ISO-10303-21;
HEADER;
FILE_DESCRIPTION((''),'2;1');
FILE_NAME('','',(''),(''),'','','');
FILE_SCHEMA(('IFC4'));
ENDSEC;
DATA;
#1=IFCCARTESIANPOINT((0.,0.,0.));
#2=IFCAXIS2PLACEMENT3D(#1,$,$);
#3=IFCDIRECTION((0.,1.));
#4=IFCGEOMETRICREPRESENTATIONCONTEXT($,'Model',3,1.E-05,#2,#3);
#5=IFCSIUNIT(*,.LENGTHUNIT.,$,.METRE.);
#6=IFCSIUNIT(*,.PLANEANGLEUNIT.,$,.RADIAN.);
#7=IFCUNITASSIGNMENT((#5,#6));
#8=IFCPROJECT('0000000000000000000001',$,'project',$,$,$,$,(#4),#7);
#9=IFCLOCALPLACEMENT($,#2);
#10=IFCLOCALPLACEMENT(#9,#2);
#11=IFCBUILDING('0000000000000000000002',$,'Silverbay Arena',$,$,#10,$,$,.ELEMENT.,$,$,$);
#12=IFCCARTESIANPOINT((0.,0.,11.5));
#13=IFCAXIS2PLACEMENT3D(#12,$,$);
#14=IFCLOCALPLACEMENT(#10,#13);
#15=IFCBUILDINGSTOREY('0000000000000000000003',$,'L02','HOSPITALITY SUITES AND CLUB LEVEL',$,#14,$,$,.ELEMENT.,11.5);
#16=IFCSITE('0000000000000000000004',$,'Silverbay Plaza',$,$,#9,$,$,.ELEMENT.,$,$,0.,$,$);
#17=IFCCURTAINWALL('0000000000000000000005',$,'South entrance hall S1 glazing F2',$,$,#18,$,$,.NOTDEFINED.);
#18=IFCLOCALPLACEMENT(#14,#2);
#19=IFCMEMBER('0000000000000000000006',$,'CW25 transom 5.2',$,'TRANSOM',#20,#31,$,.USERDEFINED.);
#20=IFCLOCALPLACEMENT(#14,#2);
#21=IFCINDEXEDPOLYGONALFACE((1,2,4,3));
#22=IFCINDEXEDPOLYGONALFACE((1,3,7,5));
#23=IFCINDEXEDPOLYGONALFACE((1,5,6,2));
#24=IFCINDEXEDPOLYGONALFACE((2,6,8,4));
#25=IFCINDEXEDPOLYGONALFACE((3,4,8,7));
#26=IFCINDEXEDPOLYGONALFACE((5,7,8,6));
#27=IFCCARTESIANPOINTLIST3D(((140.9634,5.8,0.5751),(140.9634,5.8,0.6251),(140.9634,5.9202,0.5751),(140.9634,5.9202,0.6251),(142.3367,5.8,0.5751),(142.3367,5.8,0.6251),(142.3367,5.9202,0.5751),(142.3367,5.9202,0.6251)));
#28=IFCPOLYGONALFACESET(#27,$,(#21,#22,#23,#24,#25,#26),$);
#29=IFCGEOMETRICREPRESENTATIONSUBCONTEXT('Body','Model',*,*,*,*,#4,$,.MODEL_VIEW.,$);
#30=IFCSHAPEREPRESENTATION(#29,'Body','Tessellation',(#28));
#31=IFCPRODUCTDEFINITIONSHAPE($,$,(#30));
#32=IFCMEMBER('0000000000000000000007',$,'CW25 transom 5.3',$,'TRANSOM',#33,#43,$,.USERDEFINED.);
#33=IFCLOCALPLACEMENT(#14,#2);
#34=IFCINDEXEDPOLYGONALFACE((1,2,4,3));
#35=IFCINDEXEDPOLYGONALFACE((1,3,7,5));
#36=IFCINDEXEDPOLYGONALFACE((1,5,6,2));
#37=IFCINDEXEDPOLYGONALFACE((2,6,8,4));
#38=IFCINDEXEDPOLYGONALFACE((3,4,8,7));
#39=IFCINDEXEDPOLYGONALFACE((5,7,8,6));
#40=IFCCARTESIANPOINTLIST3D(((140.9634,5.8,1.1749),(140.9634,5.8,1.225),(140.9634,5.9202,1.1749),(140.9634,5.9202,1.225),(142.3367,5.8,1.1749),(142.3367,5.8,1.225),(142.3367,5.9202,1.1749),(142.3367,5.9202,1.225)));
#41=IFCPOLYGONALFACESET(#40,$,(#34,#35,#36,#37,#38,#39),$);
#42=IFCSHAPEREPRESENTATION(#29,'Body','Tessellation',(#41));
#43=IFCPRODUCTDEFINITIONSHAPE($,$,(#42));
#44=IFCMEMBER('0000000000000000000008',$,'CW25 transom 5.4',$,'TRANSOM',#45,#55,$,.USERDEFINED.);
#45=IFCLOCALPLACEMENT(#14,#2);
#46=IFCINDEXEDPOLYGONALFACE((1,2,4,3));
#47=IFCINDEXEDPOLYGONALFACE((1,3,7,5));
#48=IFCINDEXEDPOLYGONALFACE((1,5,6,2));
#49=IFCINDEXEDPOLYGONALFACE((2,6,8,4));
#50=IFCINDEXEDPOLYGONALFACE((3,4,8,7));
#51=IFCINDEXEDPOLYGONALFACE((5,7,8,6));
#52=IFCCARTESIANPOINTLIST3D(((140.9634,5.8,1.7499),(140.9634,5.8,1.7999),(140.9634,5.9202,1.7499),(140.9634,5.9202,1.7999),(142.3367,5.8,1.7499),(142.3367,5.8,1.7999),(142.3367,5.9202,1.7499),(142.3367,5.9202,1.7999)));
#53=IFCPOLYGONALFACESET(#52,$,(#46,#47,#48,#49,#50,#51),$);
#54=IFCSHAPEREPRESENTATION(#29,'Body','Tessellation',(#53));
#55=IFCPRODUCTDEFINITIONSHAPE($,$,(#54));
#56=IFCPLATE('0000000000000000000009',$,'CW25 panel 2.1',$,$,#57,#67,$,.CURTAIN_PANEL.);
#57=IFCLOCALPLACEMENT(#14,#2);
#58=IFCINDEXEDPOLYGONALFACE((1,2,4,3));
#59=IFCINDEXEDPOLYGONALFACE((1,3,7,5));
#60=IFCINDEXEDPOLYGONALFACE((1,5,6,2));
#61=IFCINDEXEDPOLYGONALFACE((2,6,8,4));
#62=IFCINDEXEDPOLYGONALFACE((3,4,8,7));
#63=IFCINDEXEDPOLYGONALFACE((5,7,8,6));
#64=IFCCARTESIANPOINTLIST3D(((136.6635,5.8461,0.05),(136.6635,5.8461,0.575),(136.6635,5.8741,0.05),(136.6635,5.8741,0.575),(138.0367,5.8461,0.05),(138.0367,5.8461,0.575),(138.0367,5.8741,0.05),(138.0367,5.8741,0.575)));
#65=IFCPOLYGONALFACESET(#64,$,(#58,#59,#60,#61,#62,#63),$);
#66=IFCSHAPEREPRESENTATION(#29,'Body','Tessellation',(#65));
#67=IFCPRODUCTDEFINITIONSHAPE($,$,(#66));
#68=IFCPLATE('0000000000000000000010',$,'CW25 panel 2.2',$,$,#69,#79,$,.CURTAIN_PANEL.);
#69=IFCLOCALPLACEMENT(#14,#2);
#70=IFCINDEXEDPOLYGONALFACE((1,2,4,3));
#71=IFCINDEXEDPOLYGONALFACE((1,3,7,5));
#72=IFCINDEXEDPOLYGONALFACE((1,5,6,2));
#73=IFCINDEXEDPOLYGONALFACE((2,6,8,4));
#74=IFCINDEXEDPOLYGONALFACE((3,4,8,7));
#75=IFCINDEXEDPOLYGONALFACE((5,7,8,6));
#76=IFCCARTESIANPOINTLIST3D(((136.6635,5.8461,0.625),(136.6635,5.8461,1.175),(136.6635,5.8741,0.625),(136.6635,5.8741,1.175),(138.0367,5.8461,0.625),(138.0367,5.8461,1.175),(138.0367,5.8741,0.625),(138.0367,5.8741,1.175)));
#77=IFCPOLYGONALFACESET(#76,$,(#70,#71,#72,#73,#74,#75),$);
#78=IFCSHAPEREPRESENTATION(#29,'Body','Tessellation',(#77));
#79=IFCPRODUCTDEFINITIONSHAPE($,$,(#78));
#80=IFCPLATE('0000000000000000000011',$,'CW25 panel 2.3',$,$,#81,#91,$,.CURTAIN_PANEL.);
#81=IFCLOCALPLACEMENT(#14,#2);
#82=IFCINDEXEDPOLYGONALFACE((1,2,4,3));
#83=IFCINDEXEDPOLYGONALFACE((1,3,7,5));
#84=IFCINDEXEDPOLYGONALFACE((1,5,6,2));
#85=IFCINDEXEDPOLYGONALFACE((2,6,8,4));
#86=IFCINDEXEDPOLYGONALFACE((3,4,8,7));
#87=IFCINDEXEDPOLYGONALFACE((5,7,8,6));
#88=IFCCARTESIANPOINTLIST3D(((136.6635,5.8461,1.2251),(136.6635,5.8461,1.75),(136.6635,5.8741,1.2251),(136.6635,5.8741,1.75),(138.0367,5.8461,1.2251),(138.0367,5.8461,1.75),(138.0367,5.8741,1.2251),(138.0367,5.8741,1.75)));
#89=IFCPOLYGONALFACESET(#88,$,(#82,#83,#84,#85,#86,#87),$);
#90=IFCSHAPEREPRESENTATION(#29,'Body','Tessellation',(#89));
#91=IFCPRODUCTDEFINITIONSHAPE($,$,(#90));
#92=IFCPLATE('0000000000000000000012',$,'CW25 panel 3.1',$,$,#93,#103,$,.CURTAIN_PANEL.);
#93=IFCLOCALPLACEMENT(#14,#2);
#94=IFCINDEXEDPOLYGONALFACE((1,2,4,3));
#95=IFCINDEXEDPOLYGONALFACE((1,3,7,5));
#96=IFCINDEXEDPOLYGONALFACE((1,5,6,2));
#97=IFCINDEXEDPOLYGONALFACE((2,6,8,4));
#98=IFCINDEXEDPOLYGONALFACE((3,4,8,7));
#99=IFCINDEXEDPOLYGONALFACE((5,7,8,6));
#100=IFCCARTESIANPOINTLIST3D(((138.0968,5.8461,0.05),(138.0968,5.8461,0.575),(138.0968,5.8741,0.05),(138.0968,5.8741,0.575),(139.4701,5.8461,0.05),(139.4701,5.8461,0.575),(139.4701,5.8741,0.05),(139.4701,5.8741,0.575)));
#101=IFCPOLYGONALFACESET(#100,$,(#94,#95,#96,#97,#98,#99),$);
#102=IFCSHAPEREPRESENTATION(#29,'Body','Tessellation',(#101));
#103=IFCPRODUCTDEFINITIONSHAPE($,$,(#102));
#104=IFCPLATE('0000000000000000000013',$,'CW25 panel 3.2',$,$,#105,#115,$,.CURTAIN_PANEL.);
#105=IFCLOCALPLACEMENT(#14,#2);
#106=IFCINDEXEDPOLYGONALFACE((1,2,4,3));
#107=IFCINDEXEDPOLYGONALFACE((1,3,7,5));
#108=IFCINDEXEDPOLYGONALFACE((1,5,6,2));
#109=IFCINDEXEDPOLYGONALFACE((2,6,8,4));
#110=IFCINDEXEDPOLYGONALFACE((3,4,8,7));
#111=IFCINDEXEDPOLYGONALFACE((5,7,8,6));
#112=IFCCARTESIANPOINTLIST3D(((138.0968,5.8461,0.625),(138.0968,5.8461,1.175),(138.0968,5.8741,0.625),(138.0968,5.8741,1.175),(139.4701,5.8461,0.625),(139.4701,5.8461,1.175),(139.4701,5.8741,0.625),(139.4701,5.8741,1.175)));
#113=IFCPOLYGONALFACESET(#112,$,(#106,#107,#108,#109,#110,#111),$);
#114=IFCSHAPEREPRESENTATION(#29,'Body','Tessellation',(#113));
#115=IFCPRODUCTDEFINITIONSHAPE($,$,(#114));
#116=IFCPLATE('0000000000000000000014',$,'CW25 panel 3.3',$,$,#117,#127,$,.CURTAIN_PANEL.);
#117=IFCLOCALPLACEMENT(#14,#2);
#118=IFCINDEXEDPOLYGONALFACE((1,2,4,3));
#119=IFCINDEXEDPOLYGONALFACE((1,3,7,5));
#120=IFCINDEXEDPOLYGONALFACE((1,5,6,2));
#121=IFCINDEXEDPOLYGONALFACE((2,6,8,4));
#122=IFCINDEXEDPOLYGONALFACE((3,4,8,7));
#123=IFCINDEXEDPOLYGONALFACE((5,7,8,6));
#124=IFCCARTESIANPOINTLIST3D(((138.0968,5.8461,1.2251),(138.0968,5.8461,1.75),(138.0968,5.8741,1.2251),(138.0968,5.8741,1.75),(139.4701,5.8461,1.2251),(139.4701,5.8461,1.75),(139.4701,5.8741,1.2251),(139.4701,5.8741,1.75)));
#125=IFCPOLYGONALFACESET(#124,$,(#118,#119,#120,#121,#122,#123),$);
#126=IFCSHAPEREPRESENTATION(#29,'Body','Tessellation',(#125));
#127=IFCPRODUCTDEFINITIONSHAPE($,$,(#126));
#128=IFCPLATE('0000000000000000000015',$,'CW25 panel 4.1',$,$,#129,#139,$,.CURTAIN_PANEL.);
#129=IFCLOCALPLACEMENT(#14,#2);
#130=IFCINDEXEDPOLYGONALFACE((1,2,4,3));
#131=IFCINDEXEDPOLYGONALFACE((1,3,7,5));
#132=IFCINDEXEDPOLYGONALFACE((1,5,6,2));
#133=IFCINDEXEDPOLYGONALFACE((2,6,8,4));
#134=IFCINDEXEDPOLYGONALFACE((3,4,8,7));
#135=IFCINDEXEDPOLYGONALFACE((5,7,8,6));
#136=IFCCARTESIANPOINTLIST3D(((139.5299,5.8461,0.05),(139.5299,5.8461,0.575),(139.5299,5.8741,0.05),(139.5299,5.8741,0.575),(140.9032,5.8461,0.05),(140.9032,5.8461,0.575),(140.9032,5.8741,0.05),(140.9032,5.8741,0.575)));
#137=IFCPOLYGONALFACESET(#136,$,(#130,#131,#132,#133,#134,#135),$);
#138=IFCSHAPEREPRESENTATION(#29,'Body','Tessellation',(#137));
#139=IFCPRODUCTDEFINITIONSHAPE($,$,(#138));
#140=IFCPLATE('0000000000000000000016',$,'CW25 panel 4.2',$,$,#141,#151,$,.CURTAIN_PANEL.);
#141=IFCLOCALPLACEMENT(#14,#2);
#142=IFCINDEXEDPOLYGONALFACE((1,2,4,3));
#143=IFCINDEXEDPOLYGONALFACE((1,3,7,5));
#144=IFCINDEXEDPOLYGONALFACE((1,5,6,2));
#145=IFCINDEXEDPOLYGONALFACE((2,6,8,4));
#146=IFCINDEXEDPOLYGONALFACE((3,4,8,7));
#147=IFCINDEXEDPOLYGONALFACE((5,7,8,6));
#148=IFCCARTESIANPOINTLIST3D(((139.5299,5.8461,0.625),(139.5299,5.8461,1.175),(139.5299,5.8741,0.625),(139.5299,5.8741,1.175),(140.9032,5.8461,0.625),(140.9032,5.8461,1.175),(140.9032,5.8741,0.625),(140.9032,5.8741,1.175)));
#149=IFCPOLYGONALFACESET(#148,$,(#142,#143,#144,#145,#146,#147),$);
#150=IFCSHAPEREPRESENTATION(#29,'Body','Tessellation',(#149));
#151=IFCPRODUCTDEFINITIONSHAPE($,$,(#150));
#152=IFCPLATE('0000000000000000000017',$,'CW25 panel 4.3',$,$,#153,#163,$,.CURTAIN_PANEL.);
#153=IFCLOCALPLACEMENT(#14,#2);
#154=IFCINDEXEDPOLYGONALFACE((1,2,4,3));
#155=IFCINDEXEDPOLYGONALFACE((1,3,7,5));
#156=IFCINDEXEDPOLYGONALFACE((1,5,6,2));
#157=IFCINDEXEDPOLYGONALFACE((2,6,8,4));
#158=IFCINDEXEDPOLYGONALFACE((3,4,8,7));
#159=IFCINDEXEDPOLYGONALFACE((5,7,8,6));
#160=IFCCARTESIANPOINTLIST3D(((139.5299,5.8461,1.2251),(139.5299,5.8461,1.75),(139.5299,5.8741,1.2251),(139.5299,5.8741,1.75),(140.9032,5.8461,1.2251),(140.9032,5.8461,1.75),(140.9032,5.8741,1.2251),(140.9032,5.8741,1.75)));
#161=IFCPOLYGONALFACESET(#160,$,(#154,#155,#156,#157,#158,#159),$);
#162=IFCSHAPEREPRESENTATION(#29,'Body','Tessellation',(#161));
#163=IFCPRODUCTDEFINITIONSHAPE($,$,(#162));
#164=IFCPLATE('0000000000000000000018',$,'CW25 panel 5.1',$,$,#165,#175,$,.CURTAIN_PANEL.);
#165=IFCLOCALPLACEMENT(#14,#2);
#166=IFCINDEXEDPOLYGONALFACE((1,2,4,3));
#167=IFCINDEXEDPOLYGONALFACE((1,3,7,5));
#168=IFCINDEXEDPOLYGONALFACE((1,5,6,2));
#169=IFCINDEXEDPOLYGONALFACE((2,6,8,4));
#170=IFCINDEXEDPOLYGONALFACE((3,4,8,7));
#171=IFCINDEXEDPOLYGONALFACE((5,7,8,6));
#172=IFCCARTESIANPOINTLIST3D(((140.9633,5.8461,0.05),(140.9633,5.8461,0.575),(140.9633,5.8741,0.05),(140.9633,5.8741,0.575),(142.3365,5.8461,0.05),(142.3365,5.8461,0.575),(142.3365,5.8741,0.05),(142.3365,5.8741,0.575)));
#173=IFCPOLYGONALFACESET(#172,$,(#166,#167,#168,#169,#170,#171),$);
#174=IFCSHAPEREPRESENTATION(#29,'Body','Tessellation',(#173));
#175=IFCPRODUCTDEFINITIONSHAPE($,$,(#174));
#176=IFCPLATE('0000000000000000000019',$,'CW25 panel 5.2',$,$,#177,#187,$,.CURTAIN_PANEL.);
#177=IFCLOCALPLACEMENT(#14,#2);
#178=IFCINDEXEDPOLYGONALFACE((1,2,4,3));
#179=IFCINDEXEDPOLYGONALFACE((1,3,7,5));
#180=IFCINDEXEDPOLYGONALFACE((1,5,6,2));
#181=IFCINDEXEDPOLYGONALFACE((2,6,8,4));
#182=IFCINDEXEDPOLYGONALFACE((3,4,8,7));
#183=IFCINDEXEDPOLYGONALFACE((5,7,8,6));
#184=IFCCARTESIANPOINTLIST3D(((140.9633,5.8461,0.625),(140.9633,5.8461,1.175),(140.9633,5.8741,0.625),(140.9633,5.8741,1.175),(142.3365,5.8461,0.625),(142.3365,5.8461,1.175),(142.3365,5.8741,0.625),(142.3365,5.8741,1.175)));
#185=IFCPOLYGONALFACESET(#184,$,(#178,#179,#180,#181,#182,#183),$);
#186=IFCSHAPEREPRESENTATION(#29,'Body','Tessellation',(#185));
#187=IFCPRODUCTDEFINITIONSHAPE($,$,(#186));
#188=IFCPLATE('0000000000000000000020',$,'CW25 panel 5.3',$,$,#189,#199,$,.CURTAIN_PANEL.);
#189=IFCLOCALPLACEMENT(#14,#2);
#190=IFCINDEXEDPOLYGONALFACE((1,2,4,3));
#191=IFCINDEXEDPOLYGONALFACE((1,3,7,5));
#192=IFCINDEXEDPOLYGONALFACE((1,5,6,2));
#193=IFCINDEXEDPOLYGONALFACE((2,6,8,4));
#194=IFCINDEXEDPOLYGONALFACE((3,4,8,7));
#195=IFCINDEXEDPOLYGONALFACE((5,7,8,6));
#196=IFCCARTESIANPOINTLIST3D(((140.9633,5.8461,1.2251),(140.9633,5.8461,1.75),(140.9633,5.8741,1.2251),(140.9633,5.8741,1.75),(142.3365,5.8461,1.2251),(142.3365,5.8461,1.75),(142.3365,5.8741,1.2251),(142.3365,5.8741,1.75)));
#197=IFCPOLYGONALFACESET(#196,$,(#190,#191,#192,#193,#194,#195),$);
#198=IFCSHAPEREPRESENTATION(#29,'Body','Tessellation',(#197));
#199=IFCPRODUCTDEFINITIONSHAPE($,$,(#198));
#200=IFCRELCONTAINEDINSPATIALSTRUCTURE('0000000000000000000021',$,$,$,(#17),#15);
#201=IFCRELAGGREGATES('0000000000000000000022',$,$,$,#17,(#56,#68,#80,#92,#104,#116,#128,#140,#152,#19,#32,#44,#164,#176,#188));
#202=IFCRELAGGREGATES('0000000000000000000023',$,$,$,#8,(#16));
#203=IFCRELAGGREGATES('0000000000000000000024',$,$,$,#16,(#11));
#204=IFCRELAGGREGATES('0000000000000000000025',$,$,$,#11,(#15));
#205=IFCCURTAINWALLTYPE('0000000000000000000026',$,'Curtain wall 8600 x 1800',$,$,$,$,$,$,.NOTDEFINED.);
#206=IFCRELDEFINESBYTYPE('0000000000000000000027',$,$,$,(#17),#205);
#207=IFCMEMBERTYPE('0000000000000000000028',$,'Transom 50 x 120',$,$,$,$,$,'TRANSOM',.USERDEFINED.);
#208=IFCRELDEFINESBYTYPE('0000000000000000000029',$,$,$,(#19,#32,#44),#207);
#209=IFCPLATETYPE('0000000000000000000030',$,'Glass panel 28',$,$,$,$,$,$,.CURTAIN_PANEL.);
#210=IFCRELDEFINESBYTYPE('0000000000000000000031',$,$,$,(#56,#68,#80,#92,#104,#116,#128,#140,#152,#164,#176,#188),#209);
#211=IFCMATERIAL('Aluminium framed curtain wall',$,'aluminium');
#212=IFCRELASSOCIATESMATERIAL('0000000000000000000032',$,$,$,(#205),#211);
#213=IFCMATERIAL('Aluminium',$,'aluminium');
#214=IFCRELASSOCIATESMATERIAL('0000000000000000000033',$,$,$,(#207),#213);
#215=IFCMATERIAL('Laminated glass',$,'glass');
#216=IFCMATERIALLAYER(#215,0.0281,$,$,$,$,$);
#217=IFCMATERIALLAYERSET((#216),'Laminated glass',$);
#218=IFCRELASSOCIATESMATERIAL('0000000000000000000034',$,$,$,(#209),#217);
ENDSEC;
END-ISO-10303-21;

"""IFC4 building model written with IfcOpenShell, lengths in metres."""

from ifc_helpers import new_model, si_unit, direction, frame, origin, origin_2d, place, context, subcontext, project, spatial, rectangle, extrude, material, layer, layer_set, material_profile, profile_set, type_object, element, aggregate, save


model = new_model("IFC4")

# Units and contexts
model_context = context("Model", 3, precision=1e-05, world=origin(), true_north=direction((0.0, 1.0)))
body_context = subcontext(model_context, "Body", "Model", "MODEL_VIEW")
ifc_project = project(units=[si_unit("LENGTHUNIT", "METRE"), si_unit("PLANEANGLEUNIT", "RADIAN")], contexts=[model_context])

# Site, building, storey
site_placement = place(None, origin())
site = spatial("IfcSite", under=ifc_project, at=site_placement, Name="Silverbay Plaza", CompositionType="ELEMENT", RefElevation=0.0)
building_placement = place(site_placement, origin())
building = spatial("IfcBuilding", under=site, at=building_placement, Name="Silverbay Arena", CompositionType="ELEMENT")
storey_placement = place(building_placement, frame((0.0, 0.0, 11.5)))
storey = spatial("IfcBuildingStorey", under=building, at=storey_placement, Name="L02", Description="HOSPITALITY SUITES AND CLUB LEVEL", CompositionType="ELEMENT", Elevation=11.5)

# Curtain wall, members, plates
ifc_material_1 = material(Name="Aluminium framed curtain wall", Category="aluminium")
curtain_wall_type = type_object("IfcCurtainWallType", Name="Curtain wall 8600 x 1800", PredefinedType="NOTDEFINED", material=ifc_material_1)
curtain_wall_placement = place(storey_placement, origin())
curtain_wall = element("IfcCurtainWall", 1, at=curtain_wall_placement, inside=storey, type_object=curtain_wall_type, Name="South entrance hall S1 glazing F2", PredefinedType="NOTDEFINED")
ifc_material_2 = material(Name="Aluminium", Category="aluminium")
ifc_material_profile_1 = material_profile(ifc_material_2, rectangle(XDim=0.1201, YDim=0.05, at=origin_2d()), Name="Transom 50 x 120")
ifc_profile_set_1 = profile_set([ifc_material_profile_1], Name="Aluminium")
member_type_1 = type_object("IfcMemberType", Name="Transom 50 x 120", ElementType="TRANSOM", PredefinedType="USERDEFINED", material=ifc_profile_set_1)
member_1_placement = place(storey_placement, frame((140.9634, 5.8601, 0.6001), z_axis=(1.0, 0.0, 0.0), x_axis=(0.0, 1.0, 0.0)))
member_1 = element("IfcMember", 2, at=member_1_placement, type_object=member_type_1, Name="CW25 transom 5.2", ObjectType="TRANSOM", PredefinedType="USERDEFINED", context=body_context, shape_type="SweptSolid", body=[
    extrude(rectangle(XDim=0.1201, YDim=0.05, at=origin_2d()), origin(), (0.0, 0.0, 1.0), 1.3733),
])
member_2_placement = place(storey_placement, frame((140.9634, 5.8601, 1.2), z_axis=(1.0, 0.0, 0.0), x_axis=(0.0, 1.0, 0.0)))
member_2 = element("IfcMember", 3, at=member_2_placement, type_object=member_type_1, Name="CW25 transom 5.3", ObjectType="TRANSOM", PredefinedType="USERDEFINED", context=body_context, shape_type="SweptSolid", body=[
    extrude(rectangle(XDim=0.1201, YDim=0.05, at=origin_2d()), origin(), (0.0, 0.0, 1.0), 1.3733),
])
member_3_placement = place(storey_placement, frame((140.9634, 5.8601, 1.7749), z_axis=(1.0, 0.0, 0.0), x_axis=(0.0, 1.0, 0.0)))
member_3 = element("IfcMember", 4, at=member_3_placement, type_object=member_type_1, Name="CW25 transom 5.4", ObjectType="TRANSOM", PredefinedType="USERDEFINED", context=body_context, shape_type="SweptSolid", body=[
    extrude(rectangle(XDim=0.1201, YDim=0.05, at=origin_2d()), origin(), (0.0, 0.0, 1.0), 1.3733),
])
ifc_material_3 = material(Name="Laminated glass", Category="glass")
ifc_layer = layer(ifc_material_3, 0.0281)
ifc_layer_set = layer_set([ifc_layer], Name="Laminated glass")
plate_type = type_object("IfcPlateType", Name="Glass panel 28", PredefinedType="CURTAIN_PANEL", material=ifc_layer_set)
plate_1_placement = place(storey_placement, frame((137.3501, 5.8601, 0.05), z_axis=(0.0, 0.0, 1.0), x_axis=(1.0, 0.0, 0.0)))
plate_1 = element("IfcPlate", 5, at=plate_1_placement, type_object=plate_type, Name="CW25 panel 2.1", PredefinedType="CURTAIN_PANEL", context=body_context, shape_type="SweptSolid", body=[
    extrude(rectangle(XDim=1.3733, YDim=0.0281, at=origin_2d()), origin(), (0.0, 0.0, 1.0), 0.5249),
])
plate_2_placement = place(storey_placement, frame((137.3501, 5.8601, 0.625), z_axis=(0.0, 0.0, 1.0), x_axis=(1.0, 0.0, 0.0)))
plate_2 = element("IfcPlate", 6, at=plate_2_placement, type_object=plate_type, Name="CW25 panel 2.2", PredefinedType="CURTAIN_PANEL", context=body_context, shape_type="SweptSolid", body=[
    extrude(rectangle(XDim=1.3733, YDim=0.0281, at=origin_2d()), origin(), (0.0, 0.0, 1.0), 0.55),
])
plate_3_placement = place(storey_placement, frame((137.3501, 5.8601, 1.2251), z_axis=(0.0, 0.0, 1.0), x_axis=(1.0, 0.0, 0.0)))
plate_3 = element("IfcPlate", 7, at=plate_3_placement, type_object=plate_type, Name="CW25 panel 2.3", PredefinedType="CURTAIN_PANEL", context=body_context, shape_type="SweptSolid", body=[
    extrude(rectangle(XDim=1.3733, YDim=0.0281, at=origin_2d()), origin(), (0.0, 0.0, 1.0), 0.5249),
])
plate_4_placement = place(storey_placement, frame((138.7834, 5.8601, 0.05), z_axis=(0.0, 0.0, 1.0), x_axis=(1.0, 0.0, 0.0)))
plate_4 = element("IfcPlate", 8, at=plate_4_placement, type_object=plate_type, Name="CW25 panel 3.1", PredefinedType="CURTAIN_PANEL", context=body_context, shape_type="SweptSolid", body=[
    extrude(rectangle(XDim=1.3733, YDim=0.0281, at=origin_2d()), origin(), (0.0, 0.0, 1.0), 0.5249),
])
plate_5_placement = place(storey_placement, frame((138.7834, 5.8601, 0.625), z_axis=(0.0, 0.0, 1.0), x_axis=(1.0, 0.0, 0.0)))
plate_5 = element("IfcPlate", 9, at=plate_5_placement, type_object=plate_type, Name="CW25 panel 3.2", PredefinedType="CURTAIN_PANEL", context=body_context, shape_type="SweptSolid", body=[
    extrude(rectangle(XDim=1.3733, YDim=0.0281, at=origin_2d()), origin(), (0.0, 0.0, 1.0), 0.55),
])
plate_6_placement = place(storey_placement, frame((138.7834, 5.8601, 1.2251), z_axis=(0.0, 0.0, 1.0), x_axis=(1.0, 0.0, 0.0)))
plate_6 = element("IfcPlate", 10, at=plate_6_placement, type_object=plate_type, Name="CW25 panel 3.3", PredefinedType="CURTAIN_PANEL", context=body_context, shape_type="SweptSolid", body=[
    extrude(rectangle(XDim=1.3733, YDim=0.0281, at=origin_2d()), origin(), (0.0, 0.0, 1.0), 0.5249),
])
plate_7_placement = place(storey_placement, frame((140.2166, 5.8601, 0.05), z_axis=(0.0, 0.0, 1.0), x_axis=(1.0, 0.0, 0.0)))
plate_7 = element("IfcPlate", 11, at=plate_7_placement, type_object=plate_type, Name="CW25 panel 4.1", PredefinedType="CURTAIN_PANEL", context=body_context, shape_type="SweptSolid", body=[
    extrude(rectangle(XDim=1.3733, YDim=0.0281, at=origin_2d()), origin(), (0.0, 0.0, 1.0), 0.5249),
])
plate_8_placement = place(storey_placement, frame((140.2166, 5.8601, 0.625), z_axis=(0.0, 0.0, 1.0), x_axis=(1.0, 0.0, 0.0)))
plate_8 = element("IfcPlate", 12, at=plate_8_placement, type_object=plate_type, Name="CW25 panel 4.2", PredefinedType="CURTAIN_PANEL", context=body_context, shape_type="SweptSolid", body=[
    extrude(rectangle(XDim=1.3733, YDim=0.0281, at=origin_2d()), origin(), (0.0, 0.0, 1.0), 0.55),
])
plate_9_placement = place(storey_placement, frame((140.2166, 5.8601, 1.2251), z_axis=(0.0, 0.0, 1.0), x_axis=(1.0, 0.0, 0.0)))
plate_9 = element("IfcPlate", 13, at=plate_9_placement, type_object=plate_type, Name="CW25 panel 4.3", PredefinedType="CURTAIN_PANEL", context=body_context, shape_type="SweptSolid", body=[
    extrude(rectangle(XDim=1.3733, YDim=0.0281, at=origin_2d()), origin(), (0.0, 0.0, 1.0), 0.5249),
])
plate_10_placement = place(storey_placement, frame((141.6499, 5.8601, 0.05), z_axis=(0.0, 0.0, 1.0), x_axis=(1.0, 0.0, 0.0)))
plate_10 = element("IfcPlate", 14, at=plate_10_placement, type_object=plate_type, Name="CW25 panel 5.1", PredefinedType="CURTAIN_PANEL", context=body_context, shape_type="SweptSolid", body=[
    extrude(rectangle(XDim=1.3733, YDim=0.0281, at=origin_2d()), origin(), (0.0, 0.0, 1.0), 0.5249),
])
plate_11_placement = place(storey_placement, frame((141.6499, 5.8601, 0.625), z_axis=(0.0, 0.0, 1.0), x_axis=(1.0, 0.0, 0.0)))
plate_11 = element("IfcPlate", 15, at=plate_11_placement, type_object=plate_type, Name="CW25 panel 5.2", PredefinedType="CURTAIN_PANEL", context=body_context, shape_type="SweptSolid", body=[
    extrude(rectangle(XDim=1.3733, YDim=0.0281, at=origin_2d()), origin(), (0.0, 0.0, 1.0), 0.55),
])
plate_12_placement = place(storey_placement, frame((141.6499, 5.8601, 1.2251), z_axis=(0.0, 0.0, 1.0), x_axis=(1.0, 0.0, 0.0)))
plate_12 = element("IfcPlate", 16, at=plate_12_placement, type_object=plate_type, Name="CW25 panel 5.3", PredefinedType="CURTAIN_PANEL", context=body_context, shape_type="SweptSolid", body=[
    extrude(rectangle(XDim=1.3733, YDim=0.0281, at=origin_2d()), origin(), (0.0, 0.0, 1.0), 0.5249),
])
aggregate(curtain_wall, [plate_1, plate_2, plate_3, plate_4, plate_5, plate_6, plate_7, plate_8, plate_9, member_1, member_2, member_3, plate_10, plate_11, plate_12])

save(model, "model.ifc")
